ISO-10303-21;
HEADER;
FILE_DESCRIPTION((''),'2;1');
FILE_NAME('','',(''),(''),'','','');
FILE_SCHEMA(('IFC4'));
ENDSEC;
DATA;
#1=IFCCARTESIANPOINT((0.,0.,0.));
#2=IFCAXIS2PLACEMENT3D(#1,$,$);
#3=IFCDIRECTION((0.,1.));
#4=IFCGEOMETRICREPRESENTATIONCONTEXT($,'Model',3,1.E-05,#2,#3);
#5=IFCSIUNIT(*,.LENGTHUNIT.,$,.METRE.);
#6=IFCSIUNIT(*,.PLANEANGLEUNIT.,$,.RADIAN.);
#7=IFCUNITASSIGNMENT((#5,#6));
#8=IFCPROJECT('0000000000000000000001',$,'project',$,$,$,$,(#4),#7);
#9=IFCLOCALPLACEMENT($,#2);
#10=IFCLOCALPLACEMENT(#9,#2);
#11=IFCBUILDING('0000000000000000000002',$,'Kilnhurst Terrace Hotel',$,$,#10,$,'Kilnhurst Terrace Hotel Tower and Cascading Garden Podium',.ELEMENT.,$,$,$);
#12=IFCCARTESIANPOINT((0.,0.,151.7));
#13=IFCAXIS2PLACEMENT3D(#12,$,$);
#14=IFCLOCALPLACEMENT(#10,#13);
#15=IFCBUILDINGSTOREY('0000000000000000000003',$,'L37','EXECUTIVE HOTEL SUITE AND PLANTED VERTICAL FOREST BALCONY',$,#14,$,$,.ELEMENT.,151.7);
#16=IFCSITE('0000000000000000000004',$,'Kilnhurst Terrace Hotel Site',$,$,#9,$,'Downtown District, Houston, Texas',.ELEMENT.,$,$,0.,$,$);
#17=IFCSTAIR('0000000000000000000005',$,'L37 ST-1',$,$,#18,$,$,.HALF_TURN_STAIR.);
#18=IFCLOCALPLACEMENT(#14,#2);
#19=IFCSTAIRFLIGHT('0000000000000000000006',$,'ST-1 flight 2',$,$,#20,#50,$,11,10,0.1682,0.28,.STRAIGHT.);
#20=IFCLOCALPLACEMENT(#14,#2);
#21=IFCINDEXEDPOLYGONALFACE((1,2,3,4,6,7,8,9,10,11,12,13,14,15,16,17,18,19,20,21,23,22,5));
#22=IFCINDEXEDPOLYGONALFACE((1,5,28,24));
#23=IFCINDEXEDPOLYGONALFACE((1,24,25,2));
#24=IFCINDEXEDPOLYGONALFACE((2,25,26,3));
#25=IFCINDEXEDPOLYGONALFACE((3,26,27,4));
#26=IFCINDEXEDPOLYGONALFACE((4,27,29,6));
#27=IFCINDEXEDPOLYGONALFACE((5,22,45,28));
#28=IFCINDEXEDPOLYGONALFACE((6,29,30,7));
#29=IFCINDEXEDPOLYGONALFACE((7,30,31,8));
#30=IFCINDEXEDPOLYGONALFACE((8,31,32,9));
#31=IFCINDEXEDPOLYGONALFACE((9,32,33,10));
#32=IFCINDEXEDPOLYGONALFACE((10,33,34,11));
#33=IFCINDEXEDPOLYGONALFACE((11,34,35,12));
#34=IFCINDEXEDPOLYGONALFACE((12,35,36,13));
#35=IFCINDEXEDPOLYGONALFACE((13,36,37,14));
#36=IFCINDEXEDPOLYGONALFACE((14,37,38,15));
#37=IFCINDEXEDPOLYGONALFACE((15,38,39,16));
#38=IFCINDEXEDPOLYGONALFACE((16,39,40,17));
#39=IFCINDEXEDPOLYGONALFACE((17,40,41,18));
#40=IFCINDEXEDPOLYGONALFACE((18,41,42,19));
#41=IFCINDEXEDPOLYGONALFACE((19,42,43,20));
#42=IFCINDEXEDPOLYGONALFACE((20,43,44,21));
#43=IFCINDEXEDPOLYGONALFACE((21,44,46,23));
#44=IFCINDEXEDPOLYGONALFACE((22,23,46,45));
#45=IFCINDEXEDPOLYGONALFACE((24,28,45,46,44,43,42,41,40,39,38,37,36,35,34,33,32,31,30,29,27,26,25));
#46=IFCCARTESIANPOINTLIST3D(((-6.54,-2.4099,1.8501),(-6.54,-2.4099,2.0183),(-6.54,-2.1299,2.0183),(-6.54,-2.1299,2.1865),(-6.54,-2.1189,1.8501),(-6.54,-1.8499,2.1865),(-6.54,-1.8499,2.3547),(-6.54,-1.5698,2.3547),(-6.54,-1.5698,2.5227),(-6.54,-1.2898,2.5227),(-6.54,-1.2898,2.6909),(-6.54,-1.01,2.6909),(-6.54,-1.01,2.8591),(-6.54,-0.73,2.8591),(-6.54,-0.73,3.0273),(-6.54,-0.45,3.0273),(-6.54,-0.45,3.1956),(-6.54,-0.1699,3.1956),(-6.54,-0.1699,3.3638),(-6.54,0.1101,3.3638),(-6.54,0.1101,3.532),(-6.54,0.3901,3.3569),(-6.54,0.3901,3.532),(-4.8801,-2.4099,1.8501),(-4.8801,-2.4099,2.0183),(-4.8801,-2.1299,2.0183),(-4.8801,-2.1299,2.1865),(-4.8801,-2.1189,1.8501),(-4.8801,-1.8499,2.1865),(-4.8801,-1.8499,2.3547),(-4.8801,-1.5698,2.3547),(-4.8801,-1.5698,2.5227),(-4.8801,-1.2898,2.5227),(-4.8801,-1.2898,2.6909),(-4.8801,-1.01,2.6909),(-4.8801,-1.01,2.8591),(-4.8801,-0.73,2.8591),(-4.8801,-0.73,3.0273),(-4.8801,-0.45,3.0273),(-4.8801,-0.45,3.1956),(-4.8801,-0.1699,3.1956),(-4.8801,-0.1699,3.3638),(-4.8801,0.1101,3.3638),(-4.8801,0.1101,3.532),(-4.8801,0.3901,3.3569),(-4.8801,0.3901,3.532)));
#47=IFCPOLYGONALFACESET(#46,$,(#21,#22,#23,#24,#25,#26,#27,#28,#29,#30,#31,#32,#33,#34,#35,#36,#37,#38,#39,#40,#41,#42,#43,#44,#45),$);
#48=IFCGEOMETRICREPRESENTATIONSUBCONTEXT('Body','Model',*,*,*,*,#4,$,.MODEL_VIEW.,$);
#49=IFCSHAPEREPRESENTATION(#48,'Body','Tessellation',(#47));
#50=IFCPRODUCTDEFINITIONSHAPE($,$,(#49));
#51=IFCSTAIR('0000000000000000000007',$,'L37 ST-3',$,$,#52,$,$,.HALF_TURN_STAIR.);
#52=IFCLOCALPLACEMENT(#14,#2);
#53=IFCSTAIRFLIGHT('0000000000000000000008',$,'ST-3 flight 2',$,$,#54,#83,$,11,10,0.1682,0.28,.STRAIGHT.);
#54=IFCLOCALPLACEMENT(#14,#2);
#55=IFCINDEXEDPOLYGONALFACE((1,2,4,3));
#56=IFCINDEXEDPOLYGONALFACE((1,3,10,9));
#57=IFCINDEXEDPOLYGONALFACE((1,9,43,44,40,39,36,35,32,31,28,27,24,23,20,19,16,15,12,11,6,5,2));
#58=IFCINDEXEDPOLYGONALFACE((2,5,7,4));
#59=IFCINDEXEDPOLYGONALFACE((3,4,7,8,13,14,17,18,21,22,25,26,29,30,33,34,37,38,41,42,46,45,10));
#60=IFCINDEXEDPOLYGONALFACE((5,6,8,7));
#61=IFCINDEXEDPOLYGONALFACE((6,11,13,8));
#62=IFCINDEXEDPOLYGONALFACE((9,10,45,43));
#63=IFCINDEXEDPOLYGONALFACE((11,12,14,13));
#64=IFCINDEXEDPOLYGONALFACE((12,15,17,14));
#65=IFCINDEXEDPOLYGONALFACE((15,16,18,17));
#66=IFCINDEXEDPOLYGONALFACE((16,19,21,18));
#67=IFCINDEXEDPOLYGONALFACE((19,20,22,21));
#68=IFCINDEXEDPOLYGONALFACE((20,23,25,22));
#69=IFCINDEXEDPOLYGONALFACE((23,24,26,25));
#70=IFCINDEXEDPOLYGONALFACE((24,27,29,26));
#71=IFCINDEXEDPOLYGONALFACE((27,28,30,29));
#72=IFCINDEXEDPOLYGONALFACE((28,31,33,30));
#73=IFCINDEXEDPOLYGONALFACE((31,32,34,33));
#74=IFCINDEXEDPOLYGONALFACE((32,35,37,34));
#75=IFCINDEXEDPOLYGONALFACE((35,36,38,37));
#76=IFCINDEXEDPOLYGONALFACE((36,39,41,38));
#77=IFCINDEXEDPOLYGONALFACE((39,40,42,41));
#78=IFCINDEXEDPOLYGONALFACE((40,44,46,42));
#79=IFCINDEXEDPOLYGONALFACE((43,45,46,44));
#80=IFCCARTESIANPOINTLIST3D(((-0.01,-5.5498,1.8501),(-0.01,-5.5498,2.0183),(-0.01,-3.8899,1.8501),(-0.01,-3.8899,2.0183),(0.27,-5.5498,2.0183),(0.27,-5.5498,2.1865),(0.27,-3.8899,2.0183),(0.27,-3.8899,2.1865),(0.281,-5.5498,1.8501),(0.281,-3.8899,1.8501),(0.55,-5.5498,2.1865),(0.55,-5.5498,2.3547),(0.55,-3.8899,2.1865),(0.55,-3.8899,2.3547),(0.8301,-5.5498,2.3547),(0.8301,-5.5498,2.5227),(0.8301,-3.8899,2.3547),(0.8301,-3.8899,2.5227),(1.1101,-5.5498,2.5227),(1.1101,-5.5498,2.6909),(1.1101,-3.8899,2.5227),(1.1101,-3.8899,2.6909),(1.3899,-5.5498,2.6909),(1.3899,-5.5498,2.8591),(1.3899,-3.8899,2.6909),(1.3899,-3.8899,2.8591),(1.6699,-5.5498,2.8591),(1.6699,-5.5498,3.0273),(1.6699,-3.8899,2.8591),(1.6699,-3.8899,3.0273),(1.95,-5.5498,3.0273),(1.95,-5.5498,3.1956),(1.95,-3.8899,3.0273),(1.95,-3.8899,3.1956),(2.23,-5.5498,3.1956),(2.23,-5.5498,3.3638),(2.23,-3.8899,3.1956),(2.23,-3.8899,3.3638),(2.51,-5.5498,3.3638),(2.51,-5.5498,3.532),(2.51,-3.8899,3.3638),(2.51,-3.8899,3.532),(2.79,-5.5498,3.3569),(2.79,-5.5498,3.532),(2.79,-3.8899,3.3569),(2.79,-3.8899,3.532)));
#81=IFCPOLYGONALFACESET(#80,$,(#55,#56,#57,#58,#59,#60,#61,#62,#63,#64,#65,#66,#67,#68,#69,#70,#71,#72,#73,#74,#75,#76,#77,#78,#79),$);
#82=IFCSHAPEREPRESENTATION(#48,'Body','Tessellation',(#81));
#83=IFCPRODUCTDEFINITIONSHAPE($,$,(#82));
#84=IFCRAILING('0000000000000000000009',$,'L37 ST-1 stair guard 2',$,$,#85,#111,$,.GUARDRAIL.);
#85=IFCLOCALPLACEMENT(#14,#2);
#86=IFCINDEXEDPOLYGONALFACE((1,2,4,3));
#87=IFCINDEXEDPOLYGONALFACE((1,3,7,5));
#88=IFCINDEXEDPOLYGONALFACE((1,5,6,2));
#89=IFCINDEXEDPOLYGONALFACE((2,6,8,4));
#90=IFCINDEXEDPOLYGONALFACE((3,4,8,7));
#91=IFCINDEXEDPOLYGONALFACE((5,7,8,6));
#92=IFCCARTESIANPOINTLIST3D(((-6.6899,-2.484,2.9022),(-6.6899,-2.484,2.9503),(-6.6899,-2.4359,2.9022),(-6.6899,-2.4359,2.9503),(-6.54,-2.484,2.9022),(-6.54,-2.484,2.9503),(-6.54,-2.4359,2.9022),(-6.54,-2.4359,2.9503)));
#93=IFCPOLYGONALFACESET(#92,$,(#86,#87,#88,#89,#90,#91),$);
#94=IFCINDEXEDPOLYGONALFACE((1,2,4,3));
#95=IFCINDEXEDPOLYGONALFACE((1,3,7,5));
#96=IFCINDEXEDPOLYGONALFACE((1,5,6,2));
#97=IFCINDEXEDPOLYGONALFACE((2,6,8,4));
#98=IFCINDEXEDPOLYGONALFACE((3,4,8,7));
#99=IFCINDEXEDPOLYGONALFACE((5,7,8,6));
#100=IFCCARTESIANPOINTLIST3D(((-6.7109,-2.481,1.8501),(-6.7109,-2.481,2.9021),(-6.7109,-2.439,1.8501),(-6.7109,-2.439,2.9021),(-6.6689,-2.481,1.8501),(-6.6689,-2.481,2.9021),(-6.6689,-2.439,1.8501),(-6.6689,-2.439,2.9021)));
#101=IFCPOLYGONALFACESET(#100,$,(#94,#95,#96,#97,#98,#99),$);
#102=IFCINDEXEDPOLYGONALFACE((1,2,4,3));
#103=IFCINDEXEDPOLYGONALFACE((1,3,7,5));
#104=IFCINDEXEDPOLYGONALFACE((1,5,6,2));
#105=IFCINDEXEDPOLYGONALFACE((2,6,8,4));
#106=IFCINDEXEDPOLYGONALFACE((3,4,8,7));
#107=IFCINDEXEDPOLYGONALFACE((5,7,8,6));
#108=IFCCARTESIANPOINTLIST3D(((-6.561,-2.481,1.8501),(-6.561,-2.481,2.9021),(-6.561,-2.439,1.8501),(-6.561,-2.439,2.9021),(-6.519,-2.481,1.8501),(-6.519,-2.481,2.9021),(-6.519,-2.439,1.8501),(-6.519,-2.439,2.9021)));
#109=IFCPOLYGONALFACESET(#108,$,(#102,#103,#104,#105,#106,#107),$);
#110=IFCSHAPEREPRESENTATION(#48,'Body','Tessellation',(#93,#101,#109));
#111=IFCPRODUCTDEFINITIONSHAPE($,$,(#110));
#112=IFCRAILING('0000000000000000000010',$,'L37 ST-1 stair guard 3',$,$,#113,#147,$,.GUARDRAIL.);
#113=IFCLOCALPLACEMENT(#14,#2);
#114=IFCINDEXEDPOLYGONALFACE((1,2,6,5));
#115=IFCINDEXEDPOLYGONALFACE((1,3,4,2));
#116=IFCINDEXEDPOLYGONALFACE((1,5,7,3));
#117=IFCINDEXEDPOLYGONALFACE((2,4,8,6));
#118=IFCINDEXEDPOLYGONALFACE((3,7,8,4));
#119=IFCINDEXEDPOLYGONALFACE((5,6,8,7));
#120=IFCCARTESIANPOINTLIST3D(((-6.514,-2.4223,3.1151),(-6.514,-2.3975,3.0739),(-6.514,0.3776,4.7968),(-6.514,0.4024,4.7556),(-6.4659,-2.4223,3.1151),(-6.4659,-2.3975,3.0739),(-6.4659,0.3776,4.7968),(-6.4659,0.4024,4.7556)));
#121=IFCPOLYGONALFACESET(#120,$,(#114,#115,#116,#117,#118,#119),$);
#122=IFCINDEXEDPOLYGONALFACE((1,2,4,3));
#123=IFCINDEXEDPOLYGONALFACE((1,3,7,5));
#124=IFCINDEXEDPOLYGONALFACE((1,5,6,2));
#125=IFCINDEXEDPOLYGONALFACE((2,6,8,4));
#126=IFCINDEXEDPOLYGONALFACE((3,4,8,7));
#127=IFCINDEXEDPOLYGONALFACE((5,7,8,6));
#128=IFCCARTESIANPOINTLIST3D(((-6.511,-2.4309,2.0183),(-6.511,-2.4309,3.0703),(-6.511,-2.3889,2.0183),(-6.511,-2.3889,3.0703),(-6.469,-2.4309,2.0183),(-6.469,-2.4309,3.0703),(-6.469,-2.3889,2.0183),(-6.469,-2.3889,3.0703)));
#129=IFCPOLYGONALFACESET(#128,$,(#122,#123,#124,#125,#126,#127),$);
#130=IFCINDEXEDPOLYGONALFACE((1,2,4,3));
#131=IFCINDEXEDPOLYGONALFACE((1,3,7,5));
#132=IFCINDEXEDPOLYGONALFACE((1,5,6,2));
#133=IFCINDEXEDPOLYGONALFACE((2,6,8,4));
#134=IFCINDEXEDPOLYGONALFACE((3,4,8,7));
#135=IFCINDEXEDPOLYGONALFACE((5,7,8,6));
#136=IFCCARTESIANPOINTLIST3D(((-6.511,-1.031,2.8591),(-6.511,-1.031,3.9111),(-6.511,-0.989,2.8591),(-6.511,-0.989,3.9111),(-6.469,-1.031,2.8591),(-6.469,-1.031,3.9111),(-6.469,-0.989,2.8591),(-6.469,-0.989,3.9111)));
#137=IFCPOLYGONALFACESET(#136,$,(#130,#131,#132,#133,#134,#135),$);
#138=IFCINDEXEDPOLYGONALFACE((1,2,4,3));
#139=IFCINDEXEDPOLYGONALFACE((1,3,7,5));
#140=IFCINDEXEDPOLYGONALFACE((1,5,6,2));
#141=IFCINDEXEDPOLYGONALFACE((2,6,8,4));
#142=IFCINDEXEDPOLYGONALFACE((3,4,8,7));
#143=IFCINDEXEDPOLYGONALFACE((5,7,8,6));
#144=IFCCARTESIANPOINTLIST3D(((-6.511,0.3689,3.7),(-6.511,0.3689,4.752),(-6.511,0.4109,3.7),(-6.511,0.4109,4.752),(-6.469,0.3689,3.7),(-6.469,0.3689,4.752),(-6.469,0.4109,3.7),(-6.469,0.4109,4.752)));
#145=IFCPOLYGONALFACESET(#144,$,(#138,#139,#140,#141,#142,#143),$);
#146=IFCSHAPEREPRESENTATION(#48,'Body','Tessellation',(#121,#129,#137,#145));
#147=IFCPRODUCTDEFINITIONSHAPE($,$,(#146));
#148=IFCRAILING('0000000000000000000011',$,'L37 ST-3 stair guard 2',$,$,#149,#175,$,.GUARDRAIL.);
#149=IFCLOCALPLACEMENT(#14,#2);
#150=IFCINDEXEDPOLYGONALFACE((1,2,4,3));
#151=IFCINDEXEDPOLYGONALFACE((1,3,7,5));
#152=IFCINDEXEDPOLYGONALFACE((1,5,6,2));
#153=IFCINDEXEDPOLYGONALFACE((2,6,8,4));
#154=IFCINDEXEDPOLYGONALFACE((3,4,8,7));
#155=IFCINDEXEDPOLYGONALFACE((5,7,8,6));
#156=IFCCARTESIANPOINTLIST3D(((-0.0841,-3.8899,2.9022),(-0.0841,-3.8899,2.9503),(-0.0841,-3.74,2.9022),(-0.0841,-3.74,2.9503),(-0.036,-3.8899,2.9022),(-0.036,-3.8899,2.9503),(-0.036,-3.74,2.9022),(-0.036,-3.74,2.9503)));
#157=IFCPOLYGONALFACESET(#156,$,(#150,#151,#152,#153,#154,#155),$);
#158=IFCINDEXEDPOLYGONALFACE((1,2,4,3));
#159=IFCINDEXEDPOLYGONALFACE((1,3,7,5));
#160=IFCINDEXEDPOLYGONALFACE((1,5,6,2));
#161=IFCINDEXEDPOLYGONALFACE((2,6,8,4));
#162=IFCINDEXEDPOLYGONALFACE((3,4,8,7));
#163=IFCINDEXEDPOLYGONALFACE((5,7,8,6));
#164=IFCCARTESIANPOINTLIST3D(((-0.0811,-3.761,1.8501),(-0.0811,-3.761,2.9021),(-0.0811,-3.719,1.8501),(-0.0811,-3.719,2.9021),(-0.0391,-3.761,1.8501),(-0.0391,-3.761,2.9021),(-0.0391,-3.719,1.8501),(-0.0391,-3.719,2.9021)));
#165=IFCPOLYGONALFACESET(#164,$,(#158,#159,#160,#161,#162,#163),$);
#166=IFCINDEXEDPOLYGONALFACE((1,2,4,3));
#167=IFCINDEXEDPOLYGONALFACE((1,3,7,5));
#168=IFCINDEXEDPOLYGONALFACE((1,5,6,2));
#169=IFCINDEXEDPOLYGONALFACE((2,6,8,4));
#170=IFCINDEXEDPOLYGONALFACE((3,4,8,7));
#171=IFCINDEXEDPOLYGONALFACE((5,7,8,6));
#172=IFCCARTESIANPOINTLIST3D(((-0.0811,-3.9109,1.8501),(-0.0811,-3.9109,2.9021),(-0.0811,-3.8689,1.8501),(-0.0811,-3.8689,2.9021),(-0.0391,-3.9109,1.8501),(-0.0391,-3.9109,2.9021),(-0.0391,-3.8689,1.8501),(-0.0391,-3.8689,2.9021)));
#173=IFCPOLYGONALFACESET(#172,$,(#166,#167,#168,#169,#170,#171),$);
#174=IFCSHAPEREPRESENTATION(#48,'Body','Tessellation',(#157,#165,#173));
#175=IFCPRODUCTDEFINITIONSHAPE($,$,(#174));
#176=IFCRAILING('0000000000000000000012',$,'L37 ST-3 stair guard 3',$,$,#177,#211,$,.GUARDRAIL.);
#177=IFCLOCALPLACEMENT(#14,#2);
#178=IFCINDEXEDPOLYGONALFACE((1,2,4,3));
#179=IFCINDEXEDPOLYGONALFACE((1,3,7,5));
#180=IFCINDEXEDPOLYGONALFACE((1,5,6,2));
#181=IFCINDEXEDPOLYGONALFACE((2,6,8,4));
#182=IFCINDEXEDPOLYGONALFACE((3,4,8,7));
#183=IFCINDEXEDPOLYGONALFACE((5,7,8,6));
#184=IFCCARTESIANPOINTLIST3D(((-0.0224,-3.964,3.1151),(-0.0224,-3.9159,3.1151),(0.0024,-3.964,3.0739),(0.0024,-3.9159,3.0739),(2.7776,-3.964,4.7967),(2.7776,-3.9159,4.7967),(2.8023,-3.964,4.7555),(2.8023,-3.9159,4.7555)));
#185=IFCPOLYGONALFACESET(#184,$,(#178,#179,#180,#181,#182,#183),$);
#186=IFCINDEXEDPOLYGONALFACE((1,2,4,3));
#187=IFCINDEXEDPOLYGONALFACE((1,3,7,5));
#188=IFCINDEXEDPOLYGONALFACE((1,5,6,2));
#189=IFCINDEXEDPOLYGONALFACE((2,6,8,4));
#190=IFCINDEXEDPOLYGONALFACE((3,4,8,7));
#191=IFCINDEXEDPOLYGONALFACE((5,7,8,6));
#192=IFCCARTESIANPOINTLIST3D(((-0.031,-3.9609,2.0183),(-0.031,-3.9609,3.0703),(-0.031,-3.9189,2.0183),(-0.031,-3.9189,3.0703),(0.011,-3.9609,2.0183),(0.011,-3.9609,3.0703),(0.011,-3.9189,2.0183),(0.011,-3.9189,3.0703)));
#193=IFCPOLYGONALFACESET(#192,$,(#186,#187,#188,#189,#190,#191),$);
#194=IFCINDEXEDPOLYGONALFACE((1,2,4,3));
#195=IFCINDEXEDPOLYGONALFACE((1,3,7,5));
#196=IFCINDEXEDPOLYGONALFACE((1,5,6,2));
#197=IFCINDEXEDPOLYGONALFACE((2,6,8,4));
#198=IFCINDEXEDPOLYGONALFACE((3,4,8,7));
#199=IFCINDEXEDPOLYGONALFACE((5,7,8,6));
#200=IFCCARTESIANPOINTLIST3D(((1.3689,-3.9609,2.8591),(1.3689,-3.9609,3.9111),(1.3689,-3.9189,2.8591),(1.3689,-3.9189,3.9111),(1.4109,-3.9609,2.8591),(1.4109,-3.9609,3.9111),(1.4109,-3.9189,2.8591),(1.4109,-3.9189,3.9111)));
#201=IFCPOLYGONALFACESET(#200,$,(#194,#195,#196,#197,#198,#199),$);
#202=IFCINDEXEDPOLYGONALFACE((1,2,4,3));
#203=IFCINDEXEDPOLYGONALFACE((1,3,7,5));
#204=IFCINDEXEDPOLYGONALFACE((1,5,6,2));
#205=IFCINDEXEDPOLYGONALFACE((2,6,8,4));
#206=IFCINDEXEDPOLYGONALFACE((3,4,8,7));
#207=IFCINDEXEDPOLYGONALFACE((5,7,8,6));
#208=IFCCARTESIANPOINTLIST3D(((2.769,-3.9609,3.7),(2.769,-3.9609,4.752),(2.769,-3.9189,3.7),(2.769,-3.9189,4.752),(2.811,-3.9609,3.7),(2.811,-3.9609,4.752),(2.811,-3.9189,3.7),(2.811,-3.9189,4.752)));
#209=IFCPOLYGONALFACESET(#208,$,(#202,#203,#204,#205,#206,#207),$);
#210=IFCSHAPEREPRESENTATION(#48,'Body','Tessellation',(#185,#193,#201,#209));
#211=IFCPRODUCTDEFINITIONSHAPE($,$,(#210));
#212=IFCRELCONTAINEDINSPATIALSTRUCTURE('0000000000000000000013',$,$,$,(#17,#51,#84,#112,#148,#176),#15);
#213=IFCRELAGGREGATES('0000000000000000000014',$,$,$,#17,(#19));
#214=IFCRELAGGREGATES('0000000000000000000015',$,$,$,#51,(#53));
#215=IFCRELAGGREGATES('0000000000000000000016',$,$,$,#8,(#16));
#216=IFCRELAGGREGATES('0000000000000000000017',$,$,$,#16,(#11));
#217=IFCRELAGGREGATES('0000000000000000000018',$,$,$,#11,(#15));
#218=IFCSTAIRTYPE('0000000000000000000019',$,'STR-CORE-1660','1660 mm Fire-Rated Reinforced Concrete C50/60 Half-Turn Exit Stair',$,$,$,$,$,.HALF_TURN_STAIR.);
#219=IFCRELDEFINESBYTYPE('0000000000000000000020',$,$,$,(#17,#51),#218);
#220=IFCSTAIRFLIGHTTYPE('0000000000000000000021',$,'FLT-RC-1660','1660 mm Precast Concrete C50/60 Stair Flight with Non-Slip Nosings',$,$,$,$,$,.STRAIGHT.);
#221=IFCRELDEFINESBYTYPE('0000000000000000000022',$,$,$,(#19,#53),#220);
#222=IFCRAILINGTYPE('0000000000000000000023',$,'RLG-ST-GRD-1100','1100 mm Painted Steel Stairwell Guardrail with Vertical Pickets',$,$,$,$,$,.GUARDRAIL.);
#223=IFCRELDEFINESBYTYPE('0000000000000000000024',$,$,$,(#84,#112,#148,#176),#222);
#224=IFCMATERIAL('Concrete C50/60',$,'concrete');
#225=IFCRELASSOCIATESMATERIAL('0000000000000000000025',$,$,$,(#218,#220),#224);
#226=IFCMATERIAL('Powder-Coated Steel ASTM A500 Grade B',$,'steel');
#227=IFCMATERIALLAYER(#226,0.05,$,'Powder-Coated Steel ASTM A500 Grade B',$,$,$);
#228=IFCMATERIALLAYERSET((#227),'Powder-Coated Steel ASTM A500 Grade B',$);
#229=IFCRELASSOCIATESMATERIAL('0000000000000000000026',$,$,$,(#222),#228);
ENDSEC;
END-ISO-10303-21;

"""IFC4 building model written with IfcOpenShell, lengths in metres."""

from ifc_helpers import new_model, si_unit, direction, frame, origin, origin_2d, place, context, subcontext, project, spatial, polyline, rectangle, outline, extrude, material, layer, layer_set, type_object, element, aggregate, save


model = new_model("IFC4")

# Units and contexts
model_context = context("Model", 3, precision=1e-05, world=origin(), true_north=direction((0.0, 1.0)))
body_context = subcontext(model_context, "Body", "Model", "MODEL_VIEW")
ifc_project = project(units=[si_unit("LENGTHUNIT", "METRE"), si_unit("PLANEANGLEUNIT", "RADIAN")], contexts=[model_context])

# Site, building, storey
site_placement = place(None, origin())
site = spatial("IfcSite", under=ifc_project, at=site_placement, Name="Kilnhurst Terrace Hotel Site", LongName="Downtown District, Houston, Texas", CompositionType="ELEMENT", RefElevation=0.0)
building_placement = place(site_placement, origin())
building = spatial("IfcBuilding", under=site, at=building_placement, Name="Kilnhurst Terrace Hotel", LongName="Kilnhurst Terrace Hotel Tower and Cascading Garden Podium", CompositionType="ELEMENT")
storey_placement = place(building_placement, frame((0.0, 0.0, 151.7)))
storey = spatial("IfcBuildingStorey", under=building, at=storey_placement, Name="L37", Description="EXECUTIVE HOTEL SUITE AND PLANTED VERTICAL FOREST BALCONY", CompositionType="ELEMENT", Elevation=151.7)

# Shared definitions
ifc_material_1 = material(Name="Concrete C50/60", Category="concrete")

# Stairs, stair flights
stair_type = type_object("IfcStairType", Name="STR-CORE-1660", Description="1660 mm Fire-Rated Reinforced Concrete C50/60 Half-Turn Exit Stair", PredefinedType="HALF_TURN_STAIR", material=ifc_material_1)
stair_1_placement = place(storey_placement, origin())
stair_1 = element("IfcStair", 1, at=stair_1_placement, inside=storey, type_object=stair_type, Name="L37 ST-1", PredefinedType="HALF_TURN_STAIR")
stair_flight_type = type_object("IfcStairFlightType", Name="FLT-RC-1660", Description="1660 mm Precast Concrete C50/60 Stair Flight with Non-Slip Nosings", PredefinedType="STRAIGHT", material=ifc_material_1)
stair_flight_1_placement = place(storey_placement, frame((-5.71, -2.4099, 1.8501), z_axis=(0.0, 0.0, 1.0), x_axis=(0.0, 1.0, 0.0)))
stair_flight_1 = element("IfcStairFlight", 2, at=stair_flight_1_placement, type_object=stair_flight_type, Name="ST-1 flight 2", NumberOfRisers=11, NumberOfTreads=10, PredefinedType="STRAIGHT", RiserHeight=0.1682, TreadLength=0.28, context=body_context, shape_type="SweptSolid", body=[
    extrude(outline(polyline([(0.0, 0.0), (0.0, 0.1682), (0.28, 0.1682), (0.28, 0.3364), (0.5601, 0.3364), (0.5601, 0.5046), (0.8401, 0.5046), (0.8401, 0.6726), (1.1201, 0.6726), (1.1201, 0.8408), (1.3999, 0.8408), (1.3999, 1.009), (1.6799, 1.009), (1.6799, 1.1772), (1.96, 1.1772), (1.96, 1.3455), (2.24, 1.3455), (2.24, 1.5137), (2.52, 1.5137), (2.52, 1.6819), (2.8, 1.6819), (2.8, 1.8501), (2.8, 1.5068), (0.291, 0.0), (0.0, 0.0)])), frame((0.0, 0.8301, 0.0), z_axis=(0.0, -1.0, 0.0), x_axis=(1.0, 0.0, 0.0)), (0.0, 0.0, 1.0), 1.6599),
])
aggregate(stair_1, [stair_flight_1])
stair_2_placement = place(storey_placement, origin())
stair_2 = element("IfcStair", 3, at=stair_2_placement, inside=storey, type_object=stair_type, Name="L37 ST-3", PredefinedType="HALF_TURN_STAIR")
stair_flight_2_placement = place(storey_placement, frame((-0.01, -4.72, 1.8501), z_axis=(0.0, 0.0, 1.0), x_axis=(1.0, 0.0, 0.0)))
stair_flight_2 = element("IfcStairFlight", 4, at=stair_flight_2_placement, type_object=stair_flight_type, Name="ST-3 flight 2", NumberOfRisers=11, NumberOfTreads=10, PredefinedType="STRAIGHT", RiserHeight=0.1682, TreadLength=0.28, context=body_context, shape_type="SweptSolid", body=[
    extrude(outline(polyline([(0.0, 0.0), (0.0, 0.1682), (0.28, 0.1682), (0.28, 0.3364), (0.5601, 0.3364), (0.5601, 0.5046), (0.8401, 0.5046), (0.8401, 0.6726), (1.1201, 0.6726), (1.1201, 0.8408), (1.3999, 0.8408), (1.3999, 1.009), (1.6799, 1.009), (1.6799, 1.1772), (1.96, 1.1772), (1.96, 1.3455), (2.24, 1.3455), (2.24, 1.5137), (2.52, 1.5137), (2.52, 1.6819), (2.8, 1.6819), (2.8, 1.8501), (2.8, 1.5068), (0.291, 0.0), (0.0, 0.0)])), frame((0.0, 0.8301, 0.0), z_axis=(0.0, -1.0, 0.0), x_axis=(1.0, 0.0, 0.0)), (0.0, 0.0, 1.0), 1.6599),
])
aggregate(stair_2, [stair_flight_2])

# Railings
ifc_material_2 = material(Name="Powder-Coated Steel ASTM A500 Grade B", Category="steel")
ifc_layer_1 = layer(ifc_material_2, 0.05, Name="Powder-Coated Steel ASTM A500 Grade B")
ifc_layer_set_1 = layer_set([ifc_layer_1], Name="Powder-Coated Steel ASTM A500 Grade B")
railing_type_1 = type_object("IfcRailingType", Name="RLG-ST-GRD-1100", Description="1100 mm Painted Steel Stairwell Guardrail with Vertical Pickets", PredefinedType="GUARDRAIL", material=ifc_layer_set_1)
railing_1_placement = place(storey_placement, frame((-6.6899, -2.46, 1.8501)))
element("IfcRailing", 5, at=railing_1_placement, inside=storey, type_object=railing_type_1, Name="L37 ST-1 stair guard 2", PredefinedType="GUARDRAIL", context=body_context, shape_type="SweptSolid", body=[
    extrude(rectangle(XDim=0.0481, YDim=0.0481, at=origin_2d()), frame((0.0, 0.0, 1.0762), z_axis=(1.0, 0.0, 0.0), x_axis=(0.0, 1.0, 0.0)), (0.0, 0.0, 1.0), 0.1499),
    extrude(rectangle(XDim=0.042, YDim=0.042, at=origin_2d()), origin(), (0.0, 0.0, 1.0), 1.052),
    extrude(rectangle(XDim=0.042, YDim=0.042, at=origin_2d()), frame((0.1499, 0.0, 0.0)), (0.0, 0.0, 1.0), 1.052),
])
railing_2_placement = place(storey_placement, frame((-6.49, -2.4099, 2.0183)))
element("IfcRailing", 6, at=railing_2_placement, inside=storey, type_object=railing_type_1, Name="L37 ST-1 stair guard 3", PredefinedType="GUARDRAIL", context=body_context, shape_type="SweptSolid", body=[
    extrude(rectangle(XDim=0.0481, YDim=0.0481, at=origin_2d()), frame((0.0, 0.0, 1.0762), z_axis=(0.0, 0.857255, 0.514891), x_axis=(-1.0, 0.0, 0.0)), (0.0, 0.0, 1.0), 3.2661),
    extrude(rectangle(XDim=0.042, YDim=0.042, at=origin_2d()), origin(), (0.0, 0.0, 1.0), 1.052),
    extrude(rectangle(XDim=0.042, YDim=0.042, at=origin_2d()), frame((0.0, 1.3999, 0.8408)), (0.0, 0.0, 1.0), 1.052),
    extrude(rectangle(XDim=0.042, YDim=0.042, at=origin_2d()), frame((0.0, 2.7998, 1.6816)), (0.0, 0.0, 1.0), 1.052),
])
railing_3_placement = place(storey_placement, frame((-0.0601, -3.74, 1.8501)))
element("IfcRailing", 7, at=railing_3_placement, inside=storey, type_object=railing_type_1, Name="L37 ST-3 stair guard 2", PredefinedType="GUARDRAIL", context=body_context, shape_type="SweptSolid", body=[
    extrude(rectangle(XDim=0.0481, YDim=0.0481, at=origin_2d()), frame((0.0, 0.0, 1.0762), z_axis=(0.0, -1.0, 0.0), x_axis=(1.0, 0.0, 0.0)), (0.0, 0.0, 1.0), 0.1499),
    extrude(rectangle(XDim=0.042, YDim=0.042, at=origin_2d()), origin(), (0.0, 0.0, 1.0), 1.052),
    extrude(rectangle(XDim=0.042, YDim=0.042, at=origin_2d()), frame((0.0, -0.1499, 0.0)), (0.0, 0.0, 1.0), 1.052),
])
railing_4_placement = place(storey_placement, frame((-0.01, -3.9399, 2.0183)))
element("IfcRailing", 8, at=railing_4_placement, inside=storey, type_object=railing_type_1, Name="L37 ST-3 stair guard 3", PredefinedType="GUARDRAIL", context=body_context, shape_type="SweptSolid", body=[
    extrude(rectangle(XDim=0.0481, YDim=0.0481, at=origin_2d()), frame((0.0, 0.0, 1.0762), z_axis=(0.857275, 0.0, 0.514858), x_axis=(0.0, 1.0, 0.0)), (0.0, 0.0, 1.0), 3.2661),
    extrude(rectangle(XDim=0.042, YDim=0.042, at=origin_2d()), origin(), (0.0, 0.0, 1.0), 1.052),
    extrude(rectangle(XDim=0.042, YDim=0.042, at=origin_2d()), frame((1.3999, 0.0, 0.8408)), (0.0, 0.0, 1.0), 1.052),
    extrude(rectangle(XDim=0.042, YDim=0.042, at=origin_2d()), frame((2.8, 0.0, 1.6816)), (0.0, 0.0, 1.0), 1.052),
])

save(model, "model.ifc")
